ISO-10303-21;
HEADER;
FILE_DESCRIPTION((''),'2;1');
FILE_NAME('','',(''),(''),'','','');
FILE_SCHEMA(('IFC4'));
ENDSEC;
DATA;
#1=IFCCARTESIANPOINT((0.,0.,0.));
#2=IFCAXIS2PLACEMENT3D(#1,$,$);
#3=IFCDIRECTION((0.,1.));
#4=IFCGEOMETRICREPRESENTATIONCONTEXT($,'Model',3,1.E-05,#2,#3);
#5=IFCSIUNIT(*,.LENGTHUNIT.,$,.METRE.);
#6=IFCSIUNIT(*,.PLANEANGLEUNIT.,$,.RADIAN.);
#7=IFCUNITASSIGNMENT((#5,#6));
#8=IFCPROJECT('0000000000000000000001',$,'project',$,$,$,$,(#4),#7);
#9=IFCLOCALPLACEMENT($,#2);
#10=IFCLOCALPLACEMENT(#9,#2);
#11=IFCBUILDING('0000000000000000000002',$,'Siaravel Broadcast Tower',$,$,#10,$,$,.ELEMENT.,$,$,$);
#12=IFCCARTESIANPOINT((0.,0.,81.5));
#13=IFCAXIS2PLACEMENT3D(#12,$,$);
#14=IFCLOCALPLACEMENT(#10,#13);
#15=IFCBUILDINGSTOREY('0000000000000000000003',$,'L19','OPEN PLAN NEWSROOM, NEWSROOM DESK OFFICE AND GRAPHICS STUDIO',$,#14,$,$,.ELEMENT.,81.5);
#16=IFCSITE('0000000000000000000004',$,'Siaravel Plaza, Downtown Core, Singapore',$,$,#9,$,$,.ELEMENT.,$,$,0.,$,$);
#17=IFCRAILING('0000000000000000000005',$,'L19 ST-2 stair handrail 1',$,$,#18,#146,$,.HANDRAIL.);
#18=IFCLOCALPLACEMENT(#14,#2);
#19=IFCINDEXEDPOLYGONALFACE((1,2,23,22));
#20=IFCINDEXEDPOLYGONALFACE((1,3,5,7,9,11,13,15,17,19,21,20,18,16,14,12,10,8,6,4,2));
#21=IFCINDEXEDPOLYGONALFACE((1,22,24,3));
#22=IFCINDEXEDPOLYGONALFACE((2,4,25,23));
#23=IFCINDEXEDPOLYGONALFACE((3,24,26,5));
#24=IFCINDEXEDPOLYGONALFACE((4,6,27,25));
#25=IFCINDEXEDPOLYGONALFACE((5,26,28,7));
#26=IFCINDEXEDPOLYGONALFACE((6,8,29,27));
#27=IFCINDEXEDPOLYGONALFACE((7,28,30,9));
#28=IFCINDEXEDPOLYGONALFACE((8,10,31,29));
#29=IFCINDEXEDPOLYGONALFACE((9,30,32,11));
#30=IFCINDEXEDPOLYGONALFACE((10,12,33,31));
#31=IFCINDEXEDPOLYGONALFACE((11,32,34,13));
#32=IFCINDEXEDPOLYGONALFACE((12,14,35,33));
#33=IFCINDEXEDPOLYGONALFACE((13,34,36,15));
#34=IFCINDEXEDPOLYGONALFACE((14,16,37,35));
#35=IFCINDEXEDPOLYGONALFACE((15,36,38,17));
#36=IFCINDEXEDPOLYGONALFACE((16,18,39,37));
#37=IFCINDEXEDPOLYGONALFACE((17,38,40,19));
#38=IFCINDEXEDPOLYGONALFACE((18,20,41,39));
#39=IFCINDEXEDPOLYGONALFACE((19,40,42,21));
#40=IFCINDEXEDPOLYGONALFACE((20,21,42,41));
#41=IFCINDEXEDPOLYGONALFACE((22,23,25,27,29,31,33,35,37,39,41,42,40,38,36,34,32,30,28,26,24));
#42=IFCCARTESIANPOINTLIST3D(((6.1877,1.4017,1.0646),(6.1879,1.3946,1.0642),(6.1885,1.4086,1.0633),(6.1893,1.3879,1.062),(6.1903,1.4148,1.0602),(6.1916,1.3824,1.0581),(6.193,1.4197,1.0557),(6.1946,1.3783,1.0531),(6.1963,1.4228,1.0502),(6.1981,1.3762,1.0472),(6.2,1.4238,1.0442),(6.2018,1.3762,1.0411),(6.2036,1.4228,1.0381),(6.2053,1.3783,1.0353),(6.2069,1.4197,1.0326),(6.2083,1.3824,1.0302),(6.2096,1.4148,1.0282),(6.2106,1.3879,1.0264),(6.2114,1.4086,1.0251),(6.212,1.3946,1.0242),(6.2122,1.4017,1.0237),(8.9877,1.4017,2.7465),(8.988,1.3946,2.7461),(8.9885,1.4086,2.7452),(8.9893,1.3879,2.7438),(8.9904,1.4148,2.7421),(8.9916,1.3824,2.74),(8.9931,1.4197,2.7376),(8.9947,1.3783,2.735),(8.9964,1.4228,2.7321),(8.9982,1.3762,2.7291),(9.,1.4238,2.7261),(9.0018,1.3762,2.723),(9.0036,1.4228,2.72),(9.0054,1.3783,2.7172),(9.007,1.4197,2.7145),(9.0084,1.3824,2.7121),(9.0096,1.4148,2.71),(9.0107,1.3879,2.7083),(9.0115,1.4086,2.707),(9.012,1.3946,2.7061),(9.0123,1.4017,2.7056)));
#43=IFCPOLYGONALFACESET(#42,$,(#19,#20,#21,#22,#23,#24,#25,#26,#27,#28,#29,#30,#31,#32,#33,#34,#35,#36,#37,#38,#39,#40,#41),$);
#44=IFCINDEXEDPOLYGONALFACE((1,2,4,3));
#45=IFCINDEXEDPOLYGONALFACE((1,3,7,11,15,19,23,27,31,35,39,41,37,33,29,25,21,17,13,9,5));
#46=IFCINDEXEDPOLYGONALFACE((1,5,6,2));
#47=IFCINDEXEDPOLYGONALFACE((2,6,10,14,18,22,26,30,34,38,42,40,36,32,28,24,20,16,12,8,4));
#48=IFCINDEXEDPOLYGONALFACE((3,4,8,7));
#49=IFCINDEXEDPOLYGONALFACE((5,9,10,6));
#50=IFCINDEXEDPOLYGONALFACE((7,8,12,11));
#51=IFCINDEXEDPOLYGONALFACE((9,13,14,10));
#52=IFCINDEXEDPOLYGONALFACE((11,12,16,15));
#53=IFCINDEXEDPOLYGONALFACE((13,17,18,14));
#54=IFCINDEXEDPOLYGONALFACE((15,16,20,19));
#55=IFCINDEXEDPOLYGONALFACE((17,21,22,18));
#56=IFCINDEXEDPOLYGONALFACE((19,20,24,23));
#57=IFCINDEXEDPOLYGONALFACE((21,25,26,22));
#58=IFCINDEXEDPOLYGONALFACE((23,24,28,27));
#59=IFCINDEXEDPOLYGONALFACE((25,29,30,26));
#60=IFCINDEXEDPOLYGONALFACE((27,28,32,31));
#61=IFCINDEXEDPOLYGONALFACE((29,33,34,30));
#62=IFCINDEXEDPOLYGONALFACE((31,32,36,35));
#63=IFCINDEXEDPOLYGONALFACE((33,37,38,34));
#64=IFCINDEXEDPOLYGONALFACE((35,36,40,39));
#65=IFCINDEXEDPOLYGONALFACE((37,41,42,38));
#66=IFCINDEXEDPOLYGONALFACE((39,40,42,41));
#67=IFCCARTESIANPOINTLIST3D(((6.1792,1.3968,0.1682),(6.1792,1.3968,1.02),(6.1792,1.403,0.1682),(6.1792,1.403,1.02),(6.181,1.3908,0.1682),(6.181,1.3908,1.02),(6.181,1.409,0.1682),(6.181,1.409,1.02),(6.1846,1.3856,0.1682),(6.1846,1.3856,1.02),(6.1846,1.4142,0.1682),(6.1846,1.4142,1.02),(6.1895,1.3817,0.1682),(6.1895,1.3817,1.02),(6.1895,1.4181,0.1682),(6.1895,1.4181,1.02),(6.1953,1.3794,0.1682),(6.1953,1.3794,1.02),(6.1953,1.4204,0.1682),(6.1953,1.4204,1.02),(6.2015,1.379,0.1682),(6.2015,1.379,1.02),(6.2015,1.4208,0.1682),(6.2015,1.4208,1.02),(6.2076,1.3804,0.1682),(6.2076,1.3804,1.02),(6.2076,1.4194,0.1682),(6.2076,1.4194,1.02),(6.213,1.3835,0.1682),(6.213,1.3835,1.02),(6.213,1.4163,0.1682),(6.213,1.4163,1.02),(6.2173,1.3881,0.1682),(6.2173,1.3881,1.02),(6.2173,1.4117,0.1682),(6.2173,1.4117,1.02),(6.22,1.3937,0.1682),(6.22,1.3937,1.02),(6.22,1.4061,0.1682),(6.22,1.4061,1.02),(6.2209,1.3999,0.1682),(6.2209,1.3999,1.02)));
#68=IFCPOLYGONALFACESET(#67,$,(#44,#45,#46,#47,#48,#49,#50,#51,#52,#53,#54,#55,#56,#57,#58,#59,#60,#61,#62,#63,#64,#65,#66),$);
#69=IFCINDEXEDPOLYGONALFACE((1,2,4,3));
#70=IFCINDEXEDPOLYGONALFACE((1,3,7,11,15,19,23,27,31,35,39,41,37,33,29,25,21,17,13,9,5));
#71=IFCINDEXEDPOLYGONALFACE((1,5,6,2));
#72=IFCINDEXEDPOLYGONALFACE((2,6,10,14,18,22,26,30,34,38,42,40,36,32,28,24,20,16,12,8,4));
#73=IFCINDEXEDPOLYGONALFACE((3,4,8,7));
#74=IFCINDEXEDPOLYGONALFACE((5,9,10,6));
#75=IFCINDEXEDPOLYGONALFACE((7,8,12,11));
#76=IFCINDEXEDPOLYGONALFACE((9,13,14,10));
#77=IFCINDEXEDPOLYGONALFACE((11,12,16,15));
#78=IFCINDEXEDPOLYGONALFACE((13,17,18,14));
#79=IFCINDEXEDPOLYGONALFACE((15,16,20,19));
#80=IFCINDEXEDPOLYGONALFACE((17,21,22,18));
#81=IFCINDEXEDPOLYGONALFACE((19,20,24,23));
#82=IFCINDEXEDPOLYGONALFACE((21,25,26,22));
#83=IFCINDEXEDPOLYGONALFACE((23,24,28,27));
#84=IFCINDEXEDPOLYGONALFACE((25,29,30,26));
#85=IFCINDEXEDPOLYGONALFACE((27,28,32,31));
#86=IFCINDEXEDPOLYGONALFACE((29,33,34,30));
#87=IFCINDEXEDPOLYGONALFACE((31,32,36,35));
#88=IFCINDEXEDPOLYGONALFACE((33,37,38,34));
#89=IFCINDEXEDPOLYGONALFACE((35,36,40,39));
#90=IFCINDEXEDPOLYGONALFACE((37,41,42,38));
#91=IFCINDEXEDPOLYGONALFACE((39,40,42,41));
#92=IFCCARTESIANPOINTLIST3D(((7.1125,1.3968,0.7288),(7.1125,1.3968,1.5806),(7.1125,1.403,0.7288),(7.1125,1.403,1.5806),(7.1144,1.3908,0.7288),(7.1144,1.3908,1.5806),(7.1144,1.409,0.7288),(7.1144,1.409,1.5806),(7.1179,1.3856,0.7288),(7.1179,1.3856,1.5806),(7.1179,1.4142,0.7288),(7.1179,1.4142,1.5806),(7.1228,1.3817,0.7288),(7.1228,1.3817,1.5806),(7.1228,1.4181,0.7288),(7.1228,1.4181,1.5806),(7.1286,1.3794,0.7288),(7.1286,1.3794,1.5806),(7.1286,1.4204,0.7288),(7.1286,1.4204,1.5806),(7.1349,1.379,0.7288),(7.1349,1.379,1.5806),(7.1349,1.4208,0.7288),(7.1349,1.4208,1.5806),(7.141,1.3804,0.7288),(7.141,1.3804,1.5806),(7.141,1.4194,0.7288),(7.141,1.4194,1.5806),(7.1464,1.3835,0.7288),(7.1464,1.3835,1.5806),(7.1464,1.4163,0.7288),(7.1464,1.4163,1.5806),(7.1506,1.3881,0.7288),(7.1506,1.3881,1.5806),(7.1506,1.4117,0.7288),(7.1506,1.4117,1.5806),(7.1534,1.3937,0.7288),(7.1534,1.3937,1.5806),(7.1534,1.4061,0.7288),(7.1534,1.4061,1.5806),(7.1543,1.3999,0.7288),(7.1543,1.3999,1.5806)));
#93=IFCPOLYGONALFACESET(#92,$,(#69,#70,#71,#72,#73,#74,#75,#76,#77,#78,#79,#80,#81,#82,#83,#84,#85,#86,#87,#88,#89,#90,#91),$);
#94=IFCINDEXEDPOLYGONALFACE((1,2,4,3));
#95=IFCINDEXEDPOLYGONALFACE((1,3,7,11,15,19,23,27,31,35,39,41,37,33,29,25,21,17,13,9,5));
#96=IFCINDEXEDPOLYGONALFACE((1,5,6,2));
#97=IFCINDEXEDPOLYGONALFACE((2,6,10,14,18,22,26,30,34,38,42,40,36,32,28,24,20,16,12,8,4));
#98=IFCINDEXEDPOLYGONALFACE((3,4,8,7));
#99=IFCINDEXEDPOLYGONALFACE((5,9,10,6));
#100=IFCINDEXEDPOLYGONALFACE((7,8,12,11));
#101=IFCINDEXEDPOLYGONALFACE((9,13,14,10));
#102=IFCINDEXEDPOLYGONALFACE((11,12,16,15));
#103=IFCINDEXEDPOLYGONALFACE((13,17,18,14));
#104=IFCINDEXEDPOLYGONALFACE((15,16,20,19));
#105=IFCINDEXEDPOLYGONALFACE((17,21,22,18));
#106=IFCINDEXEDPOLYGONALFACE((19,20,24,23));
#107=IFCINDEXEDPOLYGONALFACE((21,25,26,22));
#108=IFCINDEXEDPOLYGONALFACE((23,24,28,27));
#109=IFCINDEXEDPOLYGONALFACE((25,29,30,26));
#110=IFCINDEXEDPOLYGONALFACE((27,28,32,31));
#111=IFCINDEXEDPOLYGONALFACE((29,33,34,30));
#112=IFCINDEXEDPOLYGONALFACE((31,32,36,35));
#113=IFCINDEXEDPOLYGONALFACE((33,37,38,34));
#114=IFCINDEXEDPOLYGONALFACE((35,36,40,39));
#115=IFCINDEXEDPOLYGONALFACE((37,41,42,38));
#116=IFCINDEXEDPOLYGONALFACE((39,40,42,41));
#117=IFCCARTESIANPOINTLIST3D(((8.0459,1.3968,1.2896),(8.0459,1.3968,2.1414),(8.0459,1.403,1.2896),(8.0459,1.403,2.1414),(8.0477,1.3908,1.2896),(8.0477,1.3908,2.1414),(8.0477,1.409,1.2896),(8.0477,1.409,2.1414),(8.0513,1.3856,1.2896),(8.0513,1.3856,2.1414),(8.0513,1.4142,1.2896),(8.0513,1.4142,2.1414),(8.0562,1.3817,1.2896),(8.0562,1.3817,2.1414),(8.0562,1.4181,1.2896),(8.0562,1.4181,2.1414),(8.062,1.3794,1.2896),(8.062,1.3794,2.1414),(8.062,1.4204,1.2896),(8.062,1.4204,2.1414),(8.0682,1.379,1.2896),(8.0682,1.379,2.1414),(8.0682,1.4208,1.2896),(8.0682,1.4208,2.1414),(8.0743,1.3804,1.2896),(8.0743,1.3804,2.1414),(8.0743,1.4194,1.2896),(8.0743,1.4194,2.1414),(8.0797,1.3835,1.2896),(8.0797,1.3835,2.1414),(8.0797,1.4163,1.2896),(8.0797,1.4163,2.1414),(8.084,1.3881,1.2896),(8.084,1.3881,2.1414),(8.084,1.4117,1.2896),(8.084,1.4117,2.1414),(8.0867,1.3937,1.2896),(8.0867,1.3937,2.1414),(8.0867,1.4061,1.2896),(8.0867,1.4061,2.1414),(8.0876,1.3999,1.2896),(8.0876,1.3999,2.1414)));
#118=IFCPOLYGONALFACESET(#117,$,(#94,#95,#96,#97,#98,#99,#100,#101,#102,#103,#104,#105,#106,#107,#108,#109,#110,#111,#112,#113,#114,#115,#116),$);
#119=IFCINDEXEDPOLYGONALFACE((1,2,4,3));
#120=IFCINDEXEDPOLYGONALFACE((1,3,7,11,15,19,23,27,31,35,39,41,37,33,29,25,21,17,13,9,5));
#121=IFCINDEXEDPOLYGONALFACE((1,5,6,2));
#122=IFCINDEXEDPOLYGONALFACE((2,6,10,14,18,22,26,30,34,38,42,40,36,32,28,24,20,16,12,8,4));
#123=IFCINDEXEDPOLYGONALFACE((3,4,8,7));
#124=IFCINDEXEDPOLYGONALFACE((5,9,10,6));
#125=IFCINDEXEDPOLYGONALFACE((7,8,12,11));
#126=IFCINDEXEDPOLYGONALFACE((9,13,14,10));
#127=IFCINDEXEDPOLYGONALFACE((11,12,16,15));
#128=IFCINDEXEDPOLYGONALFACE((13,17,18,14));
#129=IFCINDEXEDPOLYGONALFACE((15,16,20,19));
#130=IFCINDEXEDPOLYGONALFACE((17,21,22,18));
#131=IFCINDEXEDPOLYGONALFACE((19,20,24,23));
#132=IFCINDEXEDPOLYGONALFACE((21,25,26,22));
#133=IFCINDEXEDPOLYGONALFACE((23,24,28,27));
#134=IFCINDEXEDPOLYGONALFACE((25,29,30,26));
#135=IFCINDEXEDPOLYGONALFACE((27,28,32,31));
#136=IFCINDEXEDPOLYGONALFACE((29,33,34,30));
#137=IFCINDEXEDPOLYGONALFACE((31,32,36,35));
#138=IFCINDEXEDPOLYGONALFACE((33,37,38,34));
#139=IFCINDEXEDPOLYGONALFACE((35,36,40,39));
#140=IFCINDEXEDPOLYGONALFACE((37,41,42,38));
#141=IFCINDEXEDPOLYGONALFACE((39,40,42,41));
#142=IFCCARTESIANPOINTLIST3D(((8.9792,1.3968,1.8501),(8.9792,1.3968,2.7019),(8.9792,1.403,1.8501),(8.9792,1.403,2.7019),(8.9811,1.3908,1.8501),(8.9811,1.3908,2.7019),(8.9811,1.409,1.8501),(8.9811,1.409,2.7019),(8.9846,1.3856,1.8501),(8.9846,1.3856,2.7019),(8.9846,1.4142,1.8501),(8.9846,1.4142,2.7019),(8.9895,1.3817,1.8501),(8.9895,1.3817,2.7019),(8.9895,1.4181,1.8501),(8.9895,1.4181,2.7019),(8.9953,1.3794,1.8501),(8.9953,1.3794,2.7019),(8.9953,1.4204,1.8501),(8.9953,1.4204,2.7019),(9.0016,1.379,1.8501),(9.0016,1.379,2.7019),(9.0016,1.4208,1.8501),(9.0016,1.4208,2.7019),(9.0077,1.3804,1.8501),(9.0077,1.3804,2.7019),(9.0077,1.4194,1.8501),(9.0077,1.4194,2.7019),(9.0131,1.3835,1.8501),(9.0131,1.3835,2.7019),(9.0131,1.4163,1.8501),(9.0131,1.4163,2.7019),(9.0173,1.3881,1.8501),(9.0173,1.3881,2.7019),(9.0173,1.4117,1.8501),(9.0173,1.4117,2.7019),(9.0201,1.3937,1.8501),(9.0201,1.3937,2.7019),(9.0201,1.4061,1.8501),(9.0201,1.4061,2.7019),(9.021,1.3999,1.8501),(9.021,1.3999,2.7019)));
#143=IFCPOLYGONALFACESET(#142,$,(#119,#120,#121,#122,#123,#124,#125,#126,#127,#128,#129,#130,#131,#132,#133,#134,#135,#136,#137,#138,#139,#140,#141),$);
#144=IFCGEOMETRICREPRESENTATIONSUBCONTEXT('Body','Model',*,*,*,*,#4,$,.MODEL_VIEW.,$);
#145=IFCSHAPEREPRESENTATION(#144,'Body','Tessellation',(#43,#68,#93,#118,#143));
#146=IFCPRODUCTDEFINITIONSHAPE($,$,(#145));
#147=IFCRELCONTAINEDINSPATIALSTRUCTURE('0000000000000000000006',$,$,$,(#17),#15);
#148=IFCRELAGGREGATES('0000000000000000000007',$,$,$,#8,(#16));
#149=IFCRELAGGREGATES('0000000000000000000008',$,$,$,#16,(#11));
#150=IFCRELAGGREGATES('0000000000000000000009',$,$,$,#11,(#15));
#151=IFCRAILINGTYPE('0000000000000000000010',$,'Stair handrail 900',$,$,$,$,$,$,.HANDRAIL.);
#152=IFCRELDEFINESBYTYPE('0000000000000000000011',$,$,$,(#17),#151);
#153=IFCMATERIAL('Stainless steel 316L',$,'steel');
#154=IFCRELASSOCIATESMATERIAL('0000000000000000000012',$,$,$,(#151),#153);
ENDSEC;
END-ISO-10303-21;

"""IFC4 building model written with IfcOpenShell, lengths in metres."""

from ifc_helpers import new_model, si_unit, direction, frame, origin, origin_2d, place, context, subcontext, project, spatial, circle, extrude, material, type_object, element, save


model = new_model("IFC4")

# Units and contexts
model_context = context("Model", 3, precision=1e-05, world=origin(), true_north=direction((0.0, 1.0)))
body_context = subcontext(model_context, "Body", "Model", "MODEL_VIEW")
ifc_project = project(units=[si_unit("LENGTHUNIT", "METRE"), si_unit("PLANEANGLEUNIT", "RADIAN")], contexts=[model_context])

# Site, building, storey
site_placement = place(None, origin())
site = spatial("IfcSite", under=ifc_project, at=site_placement, Name="Siaravel Plaza, Downtown Core, Singapore", CompositionType="ELEMENT", RefElevation=0.0)
building_placement = place(site_placement, origin())
building = spatial("IfcBuilding", under=site, at=building_placement, Name="Siaravel Broadcast Tower", CompositionType="ELEMENT")
storey_placement = place(building_placement, frame((0.0, 0.0, 81.5)))
storey = spatial("IfcBuildingStorey", under=building, at=storey_placement, Name="L19", Description="OPEN PLAN NEWSROOM, NEWSROOM DESK OFFICE AND GRAPHICS STUDIO", CompositionType="ELEMENT", Elevation=81.5)

# Railing
ifc_material_1 = material(Name="Stainless steel 316L", Category="steel")
railing_type_1 = type_object("IfcRailingType", Name="Stair handrail 900", PredefinedType="HANDRAIL", material=ifc_material_1)
railing_1_placement = place(storey_placement, frame((6.2, 1.3999, 0.1682)))
element("IfcRailing", 1, at=railing_1_placement, inside=storey, type_object=railing_type_1, Name="L19 ST-2 stair handrail 1", PredefinedType="HANDRAIL", context=body_context, shape_type="SweptSolid", body=[
    extrude(circle(Radius=0.0239, at=origin_2d()), frame((0.0, 0.0, 0.876), z_axis=(0.857242, 0.0, 0.514913), x_axis=(0.0, 1.0, 0.0)), (0.0, 0.0, 1.0), 3.2664),
    extrude(circle(Radius=0.021, at=origin_2d()), origin(), (0.0, 0.0, 1.0), 0.8518),
    extrude(circle(Radius=0.021, at=origin_2d()), frame((0.9333, 0.0, 0.5605)), (0.0, 0.0, 1.0), 0.8518),
    extrude(circle(Radius=0.021, at=origin_2d()), frame((1.8667, 0.0, 1.1213)), (0.0, 0.0, 1.0), 0.8518),
    extrude(circle(Radius=0.021, at=origin_2d()), frame((2.8, 0.0, 1.6819)), (0.0, 0.0, 1.0), 0.8518),
])

save(model, "model.ifc")
